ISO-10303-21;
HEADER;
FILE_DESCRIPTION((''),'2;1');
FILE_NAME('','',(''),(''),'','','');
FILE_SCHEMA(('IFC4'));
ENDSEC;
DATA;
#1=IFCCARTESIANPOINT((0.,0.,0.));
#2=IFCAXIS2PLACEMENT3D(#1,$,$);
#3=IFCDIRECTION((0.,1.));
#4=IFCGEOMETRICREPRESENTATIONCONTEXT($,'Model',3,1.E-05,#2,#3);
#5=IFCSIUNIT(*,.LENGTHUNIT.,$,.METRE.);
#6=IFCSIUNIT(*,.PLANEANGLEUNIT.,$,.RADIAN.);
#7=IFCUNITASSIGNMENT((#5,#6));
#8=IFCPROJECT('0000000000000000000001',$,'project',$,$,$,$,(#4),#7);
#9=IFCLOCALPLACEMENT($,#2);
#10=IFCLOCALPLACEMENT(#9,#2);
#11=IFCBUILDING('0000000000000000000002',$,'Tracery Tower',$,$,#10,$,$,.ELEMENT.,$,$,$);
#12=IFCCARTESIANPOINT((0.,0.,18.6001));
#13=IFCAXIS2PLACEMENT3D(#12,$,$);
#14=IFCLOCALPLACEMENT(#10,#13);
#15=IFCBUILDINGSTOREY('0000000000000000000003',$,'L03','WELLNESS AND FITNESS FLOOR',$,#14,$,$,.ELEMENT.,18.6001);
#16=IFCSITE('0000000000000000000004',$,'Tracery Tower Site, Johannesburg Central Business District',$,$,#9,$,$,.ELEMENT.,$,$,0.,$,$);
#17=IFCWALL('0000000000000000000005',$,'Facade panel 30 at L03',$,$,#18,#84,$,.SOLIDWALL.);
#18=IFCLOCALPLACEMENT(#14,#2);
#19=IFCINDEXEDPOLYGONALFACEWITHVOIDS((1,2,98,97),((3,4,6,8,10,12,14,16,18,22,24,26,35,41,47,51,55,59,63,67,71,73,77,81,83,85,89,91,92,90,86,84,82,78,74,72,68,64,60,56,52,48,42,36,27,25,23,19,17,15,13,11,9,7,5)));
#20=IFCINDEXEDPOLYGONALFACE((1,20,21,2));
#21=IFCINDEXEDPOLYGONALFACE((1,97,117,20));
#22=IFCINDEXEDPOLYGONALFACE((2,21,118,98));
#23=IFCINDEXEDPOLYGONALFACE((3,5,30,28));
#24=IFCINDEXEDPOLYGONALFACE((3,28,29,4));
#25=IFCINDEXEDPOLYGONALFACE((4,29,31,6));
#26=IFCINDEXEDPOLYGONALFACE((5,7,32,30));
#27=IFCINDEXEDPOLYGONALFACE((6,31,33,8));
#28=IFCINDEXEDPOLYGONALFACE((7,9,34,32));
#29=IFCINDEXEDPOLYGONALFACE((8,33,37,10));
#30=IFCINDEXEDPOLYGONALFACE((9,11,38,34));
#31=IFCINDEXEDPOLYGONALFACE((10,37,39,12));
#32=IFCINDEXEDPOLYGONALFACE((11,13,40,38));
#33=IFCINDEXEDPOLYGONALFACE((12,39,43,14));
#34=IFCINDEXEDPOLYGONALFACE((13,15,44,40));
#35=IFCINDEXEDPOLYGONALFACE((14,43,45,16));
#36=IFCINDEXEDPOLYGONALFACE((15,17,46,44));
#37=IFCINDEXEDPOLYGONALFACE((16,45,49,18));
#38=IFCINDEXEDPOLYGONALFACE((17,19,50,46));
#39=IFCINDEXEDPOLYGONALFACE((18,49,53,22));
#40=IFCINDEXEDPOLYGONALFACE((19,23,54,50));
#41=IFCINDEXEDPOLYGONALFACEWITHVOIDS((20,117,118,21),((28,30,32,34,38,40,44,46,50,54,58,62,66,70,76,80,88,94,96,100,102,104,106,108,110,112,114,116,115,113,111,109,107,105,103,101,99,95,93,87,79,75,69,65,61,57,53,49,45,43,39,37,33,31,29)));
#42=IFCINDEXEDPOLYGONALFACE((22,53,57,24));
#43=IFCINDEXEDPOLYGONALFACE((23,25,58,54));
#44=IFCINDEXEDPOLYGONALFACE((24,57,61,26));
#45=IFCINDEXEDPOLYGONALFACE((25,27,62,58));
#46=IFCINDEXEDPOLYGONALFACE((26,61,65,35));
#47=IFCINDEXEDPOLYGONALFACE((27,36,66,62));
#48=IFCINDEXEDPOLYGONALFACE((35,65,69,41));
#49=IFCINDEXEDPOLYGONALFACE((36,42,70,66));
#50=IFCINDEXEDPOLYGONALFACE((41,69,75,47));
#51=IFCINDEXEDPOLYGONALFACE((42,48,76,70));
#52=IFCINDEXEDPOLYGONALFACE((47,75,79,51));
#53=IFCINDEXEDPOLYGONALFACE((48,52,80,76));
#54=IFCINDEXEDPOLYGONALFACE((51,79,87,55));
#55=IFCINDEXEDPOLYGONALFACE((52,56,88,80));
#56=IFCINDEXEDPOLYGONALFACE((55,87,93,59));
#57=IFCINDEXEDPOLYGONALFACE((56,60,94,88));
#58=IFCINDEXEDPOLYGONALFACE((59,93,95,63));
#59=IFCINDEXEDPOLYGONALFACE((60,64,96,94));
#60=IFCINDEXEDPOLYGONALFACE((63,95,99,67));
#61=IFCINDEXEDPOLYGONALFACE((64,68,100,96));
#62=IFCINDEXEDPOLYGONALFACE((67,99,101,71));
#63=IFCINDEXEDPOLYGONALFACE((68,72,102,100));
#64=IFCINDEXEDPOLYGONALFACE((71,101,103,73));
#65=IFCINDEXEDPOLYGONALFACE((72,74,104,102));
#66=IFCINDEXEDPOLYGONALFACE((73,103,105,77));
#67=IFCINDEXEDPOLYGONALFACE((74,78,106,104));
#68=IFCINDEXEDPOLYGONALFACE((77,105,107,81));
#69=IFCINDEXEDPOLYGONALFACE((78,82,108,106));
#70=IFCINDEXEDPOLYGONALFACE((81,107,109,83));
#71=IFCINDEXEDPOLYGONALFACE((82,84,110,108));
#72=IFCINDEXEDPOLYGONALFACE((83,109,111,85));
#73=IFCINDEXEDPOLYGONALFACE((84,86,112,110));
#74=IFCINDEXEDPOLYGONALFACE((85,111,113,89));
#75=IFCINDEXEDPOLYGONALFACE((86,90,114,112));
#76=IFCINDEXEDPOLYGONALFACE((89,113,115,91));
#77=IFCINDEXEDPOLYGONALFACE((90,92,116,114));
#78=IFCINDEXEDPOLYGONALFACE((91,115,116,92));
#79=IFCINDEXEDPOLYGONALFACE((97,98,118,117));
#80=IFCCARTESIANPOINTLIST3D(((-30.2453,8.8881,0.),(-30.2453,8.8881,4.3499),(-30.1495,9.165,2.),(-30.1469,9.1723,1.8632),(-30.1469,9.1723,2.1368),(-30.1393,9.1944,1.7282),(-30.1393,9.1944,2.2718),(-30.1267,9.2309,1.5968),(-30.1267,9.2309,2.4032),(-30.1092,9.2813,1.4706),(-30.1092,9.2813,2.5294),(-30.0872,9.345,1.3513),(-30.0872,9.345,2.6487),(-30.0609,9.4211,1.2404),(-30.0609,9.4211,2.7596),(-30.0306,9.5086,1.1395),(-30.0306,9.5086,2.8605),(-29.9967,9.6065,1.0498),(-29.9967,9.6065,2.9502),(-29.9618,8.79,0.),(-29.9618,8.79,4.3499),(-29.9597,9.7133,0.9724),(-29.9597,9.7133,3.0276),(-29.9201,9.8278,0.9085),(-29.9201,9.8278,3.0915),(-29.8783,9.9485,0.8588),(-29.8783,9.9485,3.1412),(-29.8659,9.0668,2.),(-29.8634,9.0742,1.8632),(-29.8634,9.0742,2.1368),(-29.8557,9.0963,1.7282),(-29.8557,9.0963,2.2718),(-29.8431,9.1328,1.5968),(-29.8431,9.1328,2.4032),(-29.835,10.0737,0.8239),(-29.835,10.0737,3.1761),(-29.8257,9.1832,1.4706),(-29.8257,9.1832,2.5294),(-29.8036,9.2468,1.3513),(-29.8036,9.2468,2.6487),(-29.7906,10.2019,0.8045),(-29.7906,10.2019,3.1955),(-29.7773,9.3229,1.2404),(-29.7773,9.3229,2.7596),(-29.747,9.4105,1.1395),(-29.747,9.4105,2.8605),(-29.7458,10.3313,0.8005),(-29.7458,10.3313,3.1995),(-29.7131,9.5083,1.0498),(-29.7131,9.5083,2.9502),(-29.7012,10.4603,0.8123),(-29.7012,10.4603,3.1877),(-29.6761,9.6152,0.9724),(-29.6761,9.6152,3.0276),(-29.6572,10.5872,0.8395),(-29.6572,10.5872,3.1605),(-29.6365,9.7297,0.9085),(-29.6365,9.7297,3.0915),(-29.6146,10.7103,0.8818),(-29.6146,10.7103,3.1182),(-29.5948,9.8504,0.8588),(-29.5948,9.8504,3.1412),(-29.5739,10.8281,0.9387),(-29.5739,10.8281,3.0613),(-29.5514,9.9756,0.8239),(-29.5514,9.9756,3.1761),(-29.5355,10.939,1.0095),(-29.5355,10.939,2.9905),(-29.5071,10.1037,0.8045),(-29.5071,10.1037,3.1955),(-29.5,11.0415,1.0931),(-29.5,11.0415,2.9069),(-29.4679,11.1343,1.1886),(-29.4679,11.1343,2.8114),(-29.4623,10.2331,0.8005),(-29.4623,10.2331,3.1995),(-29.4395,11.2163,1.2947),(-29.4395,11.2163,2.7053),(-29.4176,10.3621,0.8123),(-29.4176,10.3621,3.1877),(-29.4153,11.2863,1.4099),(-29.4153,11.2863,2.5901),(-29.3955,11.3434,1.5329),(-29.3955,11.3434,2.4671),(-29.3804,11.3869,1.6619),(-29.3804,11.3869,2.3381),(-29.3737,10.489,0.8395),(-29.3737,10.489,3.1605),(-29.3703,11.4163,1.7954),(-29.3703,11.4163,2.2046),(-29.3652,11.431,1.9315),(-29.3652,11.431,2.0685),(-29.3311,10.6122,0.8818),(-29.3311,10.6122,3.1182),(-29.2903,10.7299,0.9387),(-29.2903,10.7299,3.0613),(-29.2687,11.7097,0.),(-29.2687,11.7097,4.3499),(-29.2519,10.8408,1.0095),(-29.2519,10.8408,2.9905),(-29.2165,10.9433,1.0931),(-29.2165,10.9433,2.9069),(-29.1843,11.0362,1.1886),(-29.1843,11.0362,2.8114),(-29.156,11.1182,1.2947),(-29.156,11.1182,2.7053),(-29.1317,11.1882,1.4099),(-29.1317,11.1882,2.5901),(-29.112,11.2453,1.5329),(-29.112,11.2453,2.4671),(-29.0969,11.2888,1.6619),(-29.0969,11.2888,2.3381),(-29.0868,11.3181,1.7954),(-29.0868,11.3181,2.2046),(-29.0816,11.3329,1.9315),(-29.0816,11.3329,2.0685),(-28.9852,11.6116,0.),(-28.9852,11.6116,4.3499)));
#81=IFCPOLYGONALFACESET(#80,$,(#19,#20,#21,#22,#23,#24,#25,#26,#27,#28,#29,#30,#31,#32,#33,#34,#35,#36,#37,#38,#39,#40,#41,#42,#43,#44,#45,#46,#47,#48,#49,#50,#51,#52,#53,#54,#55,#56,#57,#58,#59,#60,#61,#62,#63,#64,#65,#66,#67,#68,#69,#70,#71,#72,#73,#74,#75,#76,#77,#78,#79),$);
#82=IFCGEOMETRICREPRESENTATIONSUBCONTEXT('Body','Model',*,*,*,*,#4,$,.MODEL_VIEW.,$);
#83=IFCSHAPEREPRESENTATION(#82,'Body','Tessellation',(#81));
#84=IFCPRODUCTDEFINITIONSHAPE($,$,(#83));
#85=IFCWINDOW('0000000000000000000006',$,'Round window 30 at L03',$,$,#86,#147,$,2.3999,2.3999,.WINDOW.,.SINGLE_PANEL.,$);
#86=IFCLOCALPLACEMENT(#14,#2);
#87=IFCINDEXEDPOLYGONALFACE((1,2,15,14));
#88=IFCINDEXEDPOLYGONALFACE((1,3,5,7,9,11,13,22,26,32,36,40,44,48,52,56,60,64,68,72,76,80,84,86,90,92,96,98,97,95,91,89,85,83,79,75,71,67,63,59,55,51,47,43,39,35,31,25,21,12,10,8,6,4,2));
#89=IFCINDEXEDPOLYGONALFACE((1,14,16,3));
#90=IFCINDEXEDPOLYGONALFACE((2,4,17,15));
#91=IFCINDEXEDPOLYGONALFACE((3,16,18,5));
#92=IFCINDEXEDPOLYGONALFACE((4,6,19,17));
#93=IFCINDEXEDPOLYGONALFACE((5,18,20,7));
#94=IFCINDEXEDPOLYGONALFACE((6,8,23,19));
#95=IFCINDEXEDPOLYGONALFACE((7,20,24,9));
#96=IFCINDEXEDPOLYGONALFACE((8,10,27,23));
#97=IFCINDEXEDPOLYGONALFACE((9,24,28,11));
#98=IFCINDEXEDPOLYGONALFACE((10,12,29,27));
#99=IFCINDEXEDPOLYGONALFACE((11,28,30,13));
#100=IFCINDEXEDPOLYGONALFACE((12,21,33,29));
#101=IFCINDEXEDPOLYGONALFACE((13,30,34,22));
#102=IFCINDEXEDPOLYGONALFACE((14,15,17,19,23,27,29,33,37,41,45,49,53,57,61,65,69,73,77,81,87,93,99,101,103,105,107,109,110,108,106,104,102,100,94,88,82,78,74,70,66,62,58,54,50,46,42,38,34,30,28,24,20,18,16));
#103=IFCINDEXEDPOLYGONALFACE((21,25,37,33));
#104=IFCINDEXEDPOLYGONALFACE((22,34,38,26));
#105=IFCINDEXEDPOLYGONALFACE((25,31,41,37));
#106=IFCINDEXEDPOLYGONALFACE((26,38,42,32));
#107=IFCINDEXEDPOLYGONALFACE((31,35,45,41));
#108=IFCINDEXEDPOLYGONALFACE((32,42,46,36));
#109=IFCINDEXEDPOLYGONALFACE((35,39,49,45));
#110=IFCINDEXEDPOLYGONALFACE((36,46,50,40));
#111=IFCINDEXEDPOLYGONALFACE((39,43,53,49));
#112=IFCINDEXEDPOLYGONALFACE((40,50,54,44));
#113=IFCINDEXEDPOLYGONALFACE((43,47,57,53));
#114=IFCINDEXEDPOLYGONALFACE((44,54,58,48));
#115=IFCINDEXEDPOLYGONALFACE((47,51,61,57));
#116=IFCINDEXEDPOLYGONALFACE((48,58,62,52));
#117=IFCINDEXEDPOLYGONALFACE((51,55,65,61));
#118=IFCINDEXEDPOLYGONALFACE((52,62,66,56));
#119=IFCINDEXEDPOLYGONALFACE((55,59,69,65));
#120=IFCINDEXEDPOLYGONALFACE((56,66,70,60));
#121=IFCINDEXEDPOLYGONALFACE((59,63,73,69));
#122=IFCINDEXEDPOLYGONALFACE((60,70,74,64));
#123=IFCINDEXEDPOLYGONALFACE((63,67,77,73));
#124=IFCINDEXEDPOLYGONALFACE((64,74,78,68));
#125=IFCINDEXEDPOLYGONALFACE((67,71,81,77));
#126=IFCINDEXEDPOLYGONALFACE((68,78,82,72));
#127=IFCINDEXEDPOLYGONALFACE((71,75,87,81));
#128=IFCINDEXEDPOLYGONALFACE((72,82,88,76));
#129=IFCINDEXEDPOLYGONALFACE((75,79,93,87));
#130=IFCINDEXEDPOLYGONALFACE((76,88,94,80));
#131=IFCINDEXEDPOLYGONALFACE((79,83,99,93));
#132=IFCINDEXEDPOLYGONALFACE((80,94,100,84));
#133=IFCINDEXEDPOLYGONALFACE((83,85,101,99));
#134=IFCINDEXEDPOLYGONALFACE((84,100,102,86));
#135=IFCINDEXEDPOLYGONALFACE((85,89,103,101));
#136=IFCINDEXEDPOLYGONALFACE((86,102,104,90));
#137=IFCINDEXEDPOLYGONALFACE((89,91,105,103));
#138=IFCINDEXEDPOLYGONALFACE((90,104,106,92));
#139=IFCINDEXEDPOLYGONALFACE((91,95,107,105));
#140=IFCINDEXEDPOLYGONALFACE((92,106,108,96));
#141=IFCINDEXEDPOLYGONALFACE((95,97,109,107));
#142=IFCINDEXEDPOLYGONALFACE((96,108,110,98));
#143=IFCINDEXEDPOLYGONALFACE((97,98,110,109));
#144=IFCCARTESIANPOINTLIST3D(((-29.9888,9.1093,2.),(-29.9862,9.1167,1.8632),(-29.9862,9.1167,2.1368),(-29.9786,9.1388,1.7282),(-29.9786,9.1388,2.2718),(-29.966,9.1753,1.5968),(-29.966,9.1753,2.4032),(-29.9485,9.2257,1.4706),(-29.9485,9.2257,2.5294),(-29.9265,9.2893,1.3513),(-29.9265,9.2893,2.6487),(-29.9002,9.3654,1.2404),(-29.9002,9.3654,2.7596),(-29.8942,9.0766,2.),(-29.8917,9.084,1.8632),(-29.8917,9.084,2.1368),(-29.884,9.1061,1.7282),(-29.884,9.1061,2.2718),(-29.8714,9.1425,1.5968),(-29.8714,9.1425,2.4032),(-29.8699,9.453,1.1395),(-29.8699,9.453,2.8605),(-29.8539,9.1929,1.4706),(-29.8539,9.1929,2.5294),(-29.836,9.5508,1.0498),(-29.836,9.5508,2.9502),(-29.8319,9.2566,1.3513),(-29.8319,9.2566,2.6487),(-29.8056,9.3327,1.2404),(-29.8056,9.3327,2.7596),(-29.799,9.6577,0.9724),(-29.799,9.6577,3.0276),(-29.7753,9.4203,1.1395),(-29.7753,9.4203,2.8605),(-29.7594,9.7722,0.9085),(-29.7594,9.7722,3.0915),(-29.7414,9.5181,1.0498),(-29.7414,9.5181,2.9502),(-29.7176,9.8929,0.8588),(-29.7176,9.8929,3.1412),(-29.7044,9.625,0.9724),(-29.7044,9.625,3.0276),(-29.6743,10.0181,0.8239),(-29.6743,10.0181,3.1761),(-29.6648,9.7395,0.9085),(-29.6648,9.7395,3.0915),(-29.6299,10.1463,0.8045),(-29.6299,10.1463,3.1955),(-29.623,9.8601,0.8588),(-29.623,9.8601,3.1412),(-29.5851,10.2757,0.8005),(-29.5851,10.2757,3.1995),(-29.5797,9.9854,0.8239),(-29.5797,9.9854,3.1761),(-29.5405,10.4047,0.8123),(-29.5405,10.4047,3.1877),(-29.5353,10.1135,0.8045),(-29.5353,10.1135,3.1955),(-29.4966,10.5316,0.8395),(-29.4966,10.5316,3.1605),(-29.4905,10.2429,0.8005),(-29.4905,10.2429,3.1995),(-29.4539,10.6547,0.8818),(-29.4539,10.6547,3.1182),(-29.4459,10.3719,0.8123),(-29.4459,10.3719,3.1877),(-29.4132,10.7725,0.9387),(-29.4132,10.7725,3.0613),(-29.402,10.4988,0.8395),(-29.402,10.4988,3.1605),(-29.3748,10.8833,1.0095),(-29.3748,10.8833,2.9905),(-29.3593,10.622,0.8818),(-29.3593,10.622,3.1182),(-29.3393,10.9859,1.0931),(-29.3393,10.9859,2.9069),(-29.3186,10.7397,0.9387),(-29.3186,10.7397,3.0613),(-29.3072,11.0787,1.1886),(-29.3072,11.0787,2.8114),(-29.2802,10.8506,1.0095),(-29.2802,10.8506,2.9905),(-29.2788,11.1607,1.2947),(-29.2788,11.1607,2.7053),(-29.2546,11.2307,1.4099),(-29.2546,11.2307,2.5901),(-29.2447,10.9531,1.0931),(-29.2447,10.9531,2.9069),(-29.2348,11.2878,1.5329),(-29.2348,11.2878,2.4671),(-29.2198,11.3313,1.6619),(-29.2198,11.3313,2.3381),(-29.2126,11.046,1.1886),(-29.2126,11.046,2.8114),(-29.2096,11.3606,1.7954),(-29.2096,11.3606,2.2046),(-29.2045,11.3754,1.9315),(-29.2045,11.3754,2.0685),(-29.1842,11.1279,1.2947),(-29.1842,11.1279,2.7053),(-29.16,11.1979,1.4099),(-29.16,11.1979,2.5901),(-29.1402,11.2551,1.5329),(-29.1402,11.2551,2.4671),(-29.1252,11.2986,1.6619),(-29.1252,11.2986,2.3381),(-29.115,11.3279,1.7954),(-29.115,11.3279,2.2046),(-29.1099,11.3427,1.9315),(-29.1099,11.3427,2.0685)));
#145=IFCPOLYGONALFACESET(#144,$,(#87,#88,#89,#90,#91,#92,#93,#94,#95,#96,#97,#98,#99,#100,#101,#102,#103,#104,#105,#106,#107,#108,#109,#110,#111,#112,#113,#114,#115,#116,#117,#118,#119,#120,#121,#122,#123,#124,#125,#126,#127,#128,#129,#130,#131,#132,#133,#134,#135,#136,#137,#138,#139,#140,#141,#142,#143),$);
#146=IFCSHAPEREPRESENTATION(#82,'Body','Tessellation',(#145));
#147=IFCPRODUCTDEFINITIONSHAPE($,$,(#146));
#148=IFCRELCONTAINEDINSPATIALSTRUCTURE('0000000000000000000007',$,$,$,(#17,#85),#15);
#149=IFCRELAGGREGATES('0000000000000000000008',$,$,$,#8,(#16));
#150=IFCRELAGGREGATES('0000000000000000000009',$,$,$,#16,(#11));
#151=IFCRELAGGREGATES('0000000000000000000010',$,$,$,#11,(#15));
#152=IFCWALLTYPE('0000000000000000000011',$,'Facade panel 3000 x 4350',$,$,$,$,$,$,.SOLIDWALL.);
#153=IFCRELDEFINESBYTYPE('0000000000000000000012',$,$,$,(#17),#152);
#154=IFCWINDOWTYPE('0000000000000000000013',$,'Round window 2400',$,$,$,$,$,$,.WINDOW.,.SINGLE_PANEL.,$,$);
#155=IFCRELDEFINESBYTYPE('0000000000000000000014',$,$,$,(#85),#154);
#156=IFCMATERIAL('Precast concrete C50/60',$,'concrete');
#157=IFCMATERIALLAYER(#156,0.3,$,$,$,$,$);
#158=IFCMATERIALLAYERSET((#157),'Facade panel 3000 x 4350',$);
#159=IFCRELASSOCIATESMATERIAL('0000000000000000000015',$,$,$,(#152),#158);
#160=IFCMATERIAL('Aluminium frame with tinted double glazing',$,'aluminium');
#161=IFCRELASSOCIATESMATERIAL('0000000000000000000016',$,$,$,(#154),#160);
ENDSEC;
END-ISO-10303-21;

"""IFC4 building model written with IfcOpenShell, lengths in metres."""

from ifc_helpers import new_model, si_unit, direction, frame, frame_2d, origin, origin_2d, place, context, subcontext, project, spatial, rectangle, circle, extrude, material, layer, layer_set, type_object, element, fill, save


model = new_model("IFC4")

# Units and contexts
model_context = context("Model", 3, precision=1e-05, world=origin(), true_north=direction((0.0, 1.0)))
body_context = subcontext(model_context, "Body", "Model", "MODEL_VIEW")
ifc_project = project(units=[si_unit("LENGTHUNIT", "METRE"), si_unit("PLANEANGLEUNIT", "RADIAN")], contexts=[model_context])

# Site, building, storey
site_placement = place(None, origin())
site = spatial("IfcSite", under=ifc_project, at=site_placement, Name="Tracery Tower Site, Johannesburg Central Business District", CompositionType="ELEMENT", RefElevation=0.0)
building_placement = place(site_placement, origin())
building = spatial("IfcBuilding", under=site, at=building_placement, Name="Tracery Tower", CompositionType="ELEMENT")
storey_placement = place(building_placement, frame((0.0, 0.0, 18.6001)))
storey = spatial("IfcBuildingStorey", under=building, at=storey_placement, Name="L03", Description="WELLNESS AND FITNESS FLOOR", CompositionType="ELEMENT", Elevation=18.6001)

# Wall, opening, window
ifc_material_1 = material(Name="Precast concrete C50/60", Category="concrete")
ifc_layer_1 = layer(ifc_material_1, 0.3)
ifc_layer_set_1 = layer_set([ifc_layer_1], Name="Facade panel 3000 x 4350")
wall_type_1 = type_object("IfcWallType", Name="Facade panel 3000 x 4350", PredefinedType="SOLIDWALL", material=ifc_layer_set_1)
wall_1_placement = place(storey_placement, frame((-29.127, 11.6606, 0.0), z_axis=(0.0, 0.0, 1.0), x_axis=(-0.327074, -0.944999, 0.0)))
wall_1 = element("IfcWall", 1, at=wall_1_placement, inside=storey, type_object=wall_type_1, Name="Facade panel 30 at L03", PredefinedType="SOLIDWALL", context=body_context, shape_type="SweptSolid", body=[
    extrude(rectangle(XDim=2.9858, YDim=0.3, at=frame_2d((1.4929, 0.0))), origin(), (0.0, 0.0, 1.0), 4.3499),
])
opening_1_placement = place(wall_1_placement, frame((1.4929, 0.0, 2.0)))
opening_1 = element("IfcOpeningElement", 2, at=opening_1_placement, cuts=wall_1, PredefinedType="OPENING", context=body_context, shape_type="SweptSolid", body=[
    extrude(circle(Radius=1.2, at=origin_2d()), frame((0.0, 0.1599, 0.0), z_axis=(0.0, -1.0, 0.0), x_axis=(1.0, 0.0, 0.0)), (0.0, 0.0, 1.0), 0.3201),
])
ifc_material_2 = material(Name="Aluminium frame with tinted double glazing", Category="aluminium")
window_type = type_object("IfcWindowType", Name="Round window 2400", PartitioningType="SINGLE_PANEL", PredefinedType="WINDOW", material=ifc_material_2)
window_1_placement = place(opening_1_placement, origin())
window_1 = element("IfcWindow", 3, at=window_1_placement, inside=storey, type_object=window_type, Name="Round window 30 at L03", OverallHeight=2.3999, OverallWidth=2.3999, PartitioningType="SINGLE_PANEL", PredefinedType="WINDOW", context=body_context, shape_type="SweptSolid", body=[
    extrude(circle(Radius=1.2, at=origin_2d()), frame((0.0, 0.1201, 0.0), z_axis=(0.0, -1.0, 0.0), x_axis=(1.0, 0.0, 0.0)), (0.0, 0.0, 1.0), 0.1001),
])
fill(opening_1, window_1)

save(model, "model.ifc")
